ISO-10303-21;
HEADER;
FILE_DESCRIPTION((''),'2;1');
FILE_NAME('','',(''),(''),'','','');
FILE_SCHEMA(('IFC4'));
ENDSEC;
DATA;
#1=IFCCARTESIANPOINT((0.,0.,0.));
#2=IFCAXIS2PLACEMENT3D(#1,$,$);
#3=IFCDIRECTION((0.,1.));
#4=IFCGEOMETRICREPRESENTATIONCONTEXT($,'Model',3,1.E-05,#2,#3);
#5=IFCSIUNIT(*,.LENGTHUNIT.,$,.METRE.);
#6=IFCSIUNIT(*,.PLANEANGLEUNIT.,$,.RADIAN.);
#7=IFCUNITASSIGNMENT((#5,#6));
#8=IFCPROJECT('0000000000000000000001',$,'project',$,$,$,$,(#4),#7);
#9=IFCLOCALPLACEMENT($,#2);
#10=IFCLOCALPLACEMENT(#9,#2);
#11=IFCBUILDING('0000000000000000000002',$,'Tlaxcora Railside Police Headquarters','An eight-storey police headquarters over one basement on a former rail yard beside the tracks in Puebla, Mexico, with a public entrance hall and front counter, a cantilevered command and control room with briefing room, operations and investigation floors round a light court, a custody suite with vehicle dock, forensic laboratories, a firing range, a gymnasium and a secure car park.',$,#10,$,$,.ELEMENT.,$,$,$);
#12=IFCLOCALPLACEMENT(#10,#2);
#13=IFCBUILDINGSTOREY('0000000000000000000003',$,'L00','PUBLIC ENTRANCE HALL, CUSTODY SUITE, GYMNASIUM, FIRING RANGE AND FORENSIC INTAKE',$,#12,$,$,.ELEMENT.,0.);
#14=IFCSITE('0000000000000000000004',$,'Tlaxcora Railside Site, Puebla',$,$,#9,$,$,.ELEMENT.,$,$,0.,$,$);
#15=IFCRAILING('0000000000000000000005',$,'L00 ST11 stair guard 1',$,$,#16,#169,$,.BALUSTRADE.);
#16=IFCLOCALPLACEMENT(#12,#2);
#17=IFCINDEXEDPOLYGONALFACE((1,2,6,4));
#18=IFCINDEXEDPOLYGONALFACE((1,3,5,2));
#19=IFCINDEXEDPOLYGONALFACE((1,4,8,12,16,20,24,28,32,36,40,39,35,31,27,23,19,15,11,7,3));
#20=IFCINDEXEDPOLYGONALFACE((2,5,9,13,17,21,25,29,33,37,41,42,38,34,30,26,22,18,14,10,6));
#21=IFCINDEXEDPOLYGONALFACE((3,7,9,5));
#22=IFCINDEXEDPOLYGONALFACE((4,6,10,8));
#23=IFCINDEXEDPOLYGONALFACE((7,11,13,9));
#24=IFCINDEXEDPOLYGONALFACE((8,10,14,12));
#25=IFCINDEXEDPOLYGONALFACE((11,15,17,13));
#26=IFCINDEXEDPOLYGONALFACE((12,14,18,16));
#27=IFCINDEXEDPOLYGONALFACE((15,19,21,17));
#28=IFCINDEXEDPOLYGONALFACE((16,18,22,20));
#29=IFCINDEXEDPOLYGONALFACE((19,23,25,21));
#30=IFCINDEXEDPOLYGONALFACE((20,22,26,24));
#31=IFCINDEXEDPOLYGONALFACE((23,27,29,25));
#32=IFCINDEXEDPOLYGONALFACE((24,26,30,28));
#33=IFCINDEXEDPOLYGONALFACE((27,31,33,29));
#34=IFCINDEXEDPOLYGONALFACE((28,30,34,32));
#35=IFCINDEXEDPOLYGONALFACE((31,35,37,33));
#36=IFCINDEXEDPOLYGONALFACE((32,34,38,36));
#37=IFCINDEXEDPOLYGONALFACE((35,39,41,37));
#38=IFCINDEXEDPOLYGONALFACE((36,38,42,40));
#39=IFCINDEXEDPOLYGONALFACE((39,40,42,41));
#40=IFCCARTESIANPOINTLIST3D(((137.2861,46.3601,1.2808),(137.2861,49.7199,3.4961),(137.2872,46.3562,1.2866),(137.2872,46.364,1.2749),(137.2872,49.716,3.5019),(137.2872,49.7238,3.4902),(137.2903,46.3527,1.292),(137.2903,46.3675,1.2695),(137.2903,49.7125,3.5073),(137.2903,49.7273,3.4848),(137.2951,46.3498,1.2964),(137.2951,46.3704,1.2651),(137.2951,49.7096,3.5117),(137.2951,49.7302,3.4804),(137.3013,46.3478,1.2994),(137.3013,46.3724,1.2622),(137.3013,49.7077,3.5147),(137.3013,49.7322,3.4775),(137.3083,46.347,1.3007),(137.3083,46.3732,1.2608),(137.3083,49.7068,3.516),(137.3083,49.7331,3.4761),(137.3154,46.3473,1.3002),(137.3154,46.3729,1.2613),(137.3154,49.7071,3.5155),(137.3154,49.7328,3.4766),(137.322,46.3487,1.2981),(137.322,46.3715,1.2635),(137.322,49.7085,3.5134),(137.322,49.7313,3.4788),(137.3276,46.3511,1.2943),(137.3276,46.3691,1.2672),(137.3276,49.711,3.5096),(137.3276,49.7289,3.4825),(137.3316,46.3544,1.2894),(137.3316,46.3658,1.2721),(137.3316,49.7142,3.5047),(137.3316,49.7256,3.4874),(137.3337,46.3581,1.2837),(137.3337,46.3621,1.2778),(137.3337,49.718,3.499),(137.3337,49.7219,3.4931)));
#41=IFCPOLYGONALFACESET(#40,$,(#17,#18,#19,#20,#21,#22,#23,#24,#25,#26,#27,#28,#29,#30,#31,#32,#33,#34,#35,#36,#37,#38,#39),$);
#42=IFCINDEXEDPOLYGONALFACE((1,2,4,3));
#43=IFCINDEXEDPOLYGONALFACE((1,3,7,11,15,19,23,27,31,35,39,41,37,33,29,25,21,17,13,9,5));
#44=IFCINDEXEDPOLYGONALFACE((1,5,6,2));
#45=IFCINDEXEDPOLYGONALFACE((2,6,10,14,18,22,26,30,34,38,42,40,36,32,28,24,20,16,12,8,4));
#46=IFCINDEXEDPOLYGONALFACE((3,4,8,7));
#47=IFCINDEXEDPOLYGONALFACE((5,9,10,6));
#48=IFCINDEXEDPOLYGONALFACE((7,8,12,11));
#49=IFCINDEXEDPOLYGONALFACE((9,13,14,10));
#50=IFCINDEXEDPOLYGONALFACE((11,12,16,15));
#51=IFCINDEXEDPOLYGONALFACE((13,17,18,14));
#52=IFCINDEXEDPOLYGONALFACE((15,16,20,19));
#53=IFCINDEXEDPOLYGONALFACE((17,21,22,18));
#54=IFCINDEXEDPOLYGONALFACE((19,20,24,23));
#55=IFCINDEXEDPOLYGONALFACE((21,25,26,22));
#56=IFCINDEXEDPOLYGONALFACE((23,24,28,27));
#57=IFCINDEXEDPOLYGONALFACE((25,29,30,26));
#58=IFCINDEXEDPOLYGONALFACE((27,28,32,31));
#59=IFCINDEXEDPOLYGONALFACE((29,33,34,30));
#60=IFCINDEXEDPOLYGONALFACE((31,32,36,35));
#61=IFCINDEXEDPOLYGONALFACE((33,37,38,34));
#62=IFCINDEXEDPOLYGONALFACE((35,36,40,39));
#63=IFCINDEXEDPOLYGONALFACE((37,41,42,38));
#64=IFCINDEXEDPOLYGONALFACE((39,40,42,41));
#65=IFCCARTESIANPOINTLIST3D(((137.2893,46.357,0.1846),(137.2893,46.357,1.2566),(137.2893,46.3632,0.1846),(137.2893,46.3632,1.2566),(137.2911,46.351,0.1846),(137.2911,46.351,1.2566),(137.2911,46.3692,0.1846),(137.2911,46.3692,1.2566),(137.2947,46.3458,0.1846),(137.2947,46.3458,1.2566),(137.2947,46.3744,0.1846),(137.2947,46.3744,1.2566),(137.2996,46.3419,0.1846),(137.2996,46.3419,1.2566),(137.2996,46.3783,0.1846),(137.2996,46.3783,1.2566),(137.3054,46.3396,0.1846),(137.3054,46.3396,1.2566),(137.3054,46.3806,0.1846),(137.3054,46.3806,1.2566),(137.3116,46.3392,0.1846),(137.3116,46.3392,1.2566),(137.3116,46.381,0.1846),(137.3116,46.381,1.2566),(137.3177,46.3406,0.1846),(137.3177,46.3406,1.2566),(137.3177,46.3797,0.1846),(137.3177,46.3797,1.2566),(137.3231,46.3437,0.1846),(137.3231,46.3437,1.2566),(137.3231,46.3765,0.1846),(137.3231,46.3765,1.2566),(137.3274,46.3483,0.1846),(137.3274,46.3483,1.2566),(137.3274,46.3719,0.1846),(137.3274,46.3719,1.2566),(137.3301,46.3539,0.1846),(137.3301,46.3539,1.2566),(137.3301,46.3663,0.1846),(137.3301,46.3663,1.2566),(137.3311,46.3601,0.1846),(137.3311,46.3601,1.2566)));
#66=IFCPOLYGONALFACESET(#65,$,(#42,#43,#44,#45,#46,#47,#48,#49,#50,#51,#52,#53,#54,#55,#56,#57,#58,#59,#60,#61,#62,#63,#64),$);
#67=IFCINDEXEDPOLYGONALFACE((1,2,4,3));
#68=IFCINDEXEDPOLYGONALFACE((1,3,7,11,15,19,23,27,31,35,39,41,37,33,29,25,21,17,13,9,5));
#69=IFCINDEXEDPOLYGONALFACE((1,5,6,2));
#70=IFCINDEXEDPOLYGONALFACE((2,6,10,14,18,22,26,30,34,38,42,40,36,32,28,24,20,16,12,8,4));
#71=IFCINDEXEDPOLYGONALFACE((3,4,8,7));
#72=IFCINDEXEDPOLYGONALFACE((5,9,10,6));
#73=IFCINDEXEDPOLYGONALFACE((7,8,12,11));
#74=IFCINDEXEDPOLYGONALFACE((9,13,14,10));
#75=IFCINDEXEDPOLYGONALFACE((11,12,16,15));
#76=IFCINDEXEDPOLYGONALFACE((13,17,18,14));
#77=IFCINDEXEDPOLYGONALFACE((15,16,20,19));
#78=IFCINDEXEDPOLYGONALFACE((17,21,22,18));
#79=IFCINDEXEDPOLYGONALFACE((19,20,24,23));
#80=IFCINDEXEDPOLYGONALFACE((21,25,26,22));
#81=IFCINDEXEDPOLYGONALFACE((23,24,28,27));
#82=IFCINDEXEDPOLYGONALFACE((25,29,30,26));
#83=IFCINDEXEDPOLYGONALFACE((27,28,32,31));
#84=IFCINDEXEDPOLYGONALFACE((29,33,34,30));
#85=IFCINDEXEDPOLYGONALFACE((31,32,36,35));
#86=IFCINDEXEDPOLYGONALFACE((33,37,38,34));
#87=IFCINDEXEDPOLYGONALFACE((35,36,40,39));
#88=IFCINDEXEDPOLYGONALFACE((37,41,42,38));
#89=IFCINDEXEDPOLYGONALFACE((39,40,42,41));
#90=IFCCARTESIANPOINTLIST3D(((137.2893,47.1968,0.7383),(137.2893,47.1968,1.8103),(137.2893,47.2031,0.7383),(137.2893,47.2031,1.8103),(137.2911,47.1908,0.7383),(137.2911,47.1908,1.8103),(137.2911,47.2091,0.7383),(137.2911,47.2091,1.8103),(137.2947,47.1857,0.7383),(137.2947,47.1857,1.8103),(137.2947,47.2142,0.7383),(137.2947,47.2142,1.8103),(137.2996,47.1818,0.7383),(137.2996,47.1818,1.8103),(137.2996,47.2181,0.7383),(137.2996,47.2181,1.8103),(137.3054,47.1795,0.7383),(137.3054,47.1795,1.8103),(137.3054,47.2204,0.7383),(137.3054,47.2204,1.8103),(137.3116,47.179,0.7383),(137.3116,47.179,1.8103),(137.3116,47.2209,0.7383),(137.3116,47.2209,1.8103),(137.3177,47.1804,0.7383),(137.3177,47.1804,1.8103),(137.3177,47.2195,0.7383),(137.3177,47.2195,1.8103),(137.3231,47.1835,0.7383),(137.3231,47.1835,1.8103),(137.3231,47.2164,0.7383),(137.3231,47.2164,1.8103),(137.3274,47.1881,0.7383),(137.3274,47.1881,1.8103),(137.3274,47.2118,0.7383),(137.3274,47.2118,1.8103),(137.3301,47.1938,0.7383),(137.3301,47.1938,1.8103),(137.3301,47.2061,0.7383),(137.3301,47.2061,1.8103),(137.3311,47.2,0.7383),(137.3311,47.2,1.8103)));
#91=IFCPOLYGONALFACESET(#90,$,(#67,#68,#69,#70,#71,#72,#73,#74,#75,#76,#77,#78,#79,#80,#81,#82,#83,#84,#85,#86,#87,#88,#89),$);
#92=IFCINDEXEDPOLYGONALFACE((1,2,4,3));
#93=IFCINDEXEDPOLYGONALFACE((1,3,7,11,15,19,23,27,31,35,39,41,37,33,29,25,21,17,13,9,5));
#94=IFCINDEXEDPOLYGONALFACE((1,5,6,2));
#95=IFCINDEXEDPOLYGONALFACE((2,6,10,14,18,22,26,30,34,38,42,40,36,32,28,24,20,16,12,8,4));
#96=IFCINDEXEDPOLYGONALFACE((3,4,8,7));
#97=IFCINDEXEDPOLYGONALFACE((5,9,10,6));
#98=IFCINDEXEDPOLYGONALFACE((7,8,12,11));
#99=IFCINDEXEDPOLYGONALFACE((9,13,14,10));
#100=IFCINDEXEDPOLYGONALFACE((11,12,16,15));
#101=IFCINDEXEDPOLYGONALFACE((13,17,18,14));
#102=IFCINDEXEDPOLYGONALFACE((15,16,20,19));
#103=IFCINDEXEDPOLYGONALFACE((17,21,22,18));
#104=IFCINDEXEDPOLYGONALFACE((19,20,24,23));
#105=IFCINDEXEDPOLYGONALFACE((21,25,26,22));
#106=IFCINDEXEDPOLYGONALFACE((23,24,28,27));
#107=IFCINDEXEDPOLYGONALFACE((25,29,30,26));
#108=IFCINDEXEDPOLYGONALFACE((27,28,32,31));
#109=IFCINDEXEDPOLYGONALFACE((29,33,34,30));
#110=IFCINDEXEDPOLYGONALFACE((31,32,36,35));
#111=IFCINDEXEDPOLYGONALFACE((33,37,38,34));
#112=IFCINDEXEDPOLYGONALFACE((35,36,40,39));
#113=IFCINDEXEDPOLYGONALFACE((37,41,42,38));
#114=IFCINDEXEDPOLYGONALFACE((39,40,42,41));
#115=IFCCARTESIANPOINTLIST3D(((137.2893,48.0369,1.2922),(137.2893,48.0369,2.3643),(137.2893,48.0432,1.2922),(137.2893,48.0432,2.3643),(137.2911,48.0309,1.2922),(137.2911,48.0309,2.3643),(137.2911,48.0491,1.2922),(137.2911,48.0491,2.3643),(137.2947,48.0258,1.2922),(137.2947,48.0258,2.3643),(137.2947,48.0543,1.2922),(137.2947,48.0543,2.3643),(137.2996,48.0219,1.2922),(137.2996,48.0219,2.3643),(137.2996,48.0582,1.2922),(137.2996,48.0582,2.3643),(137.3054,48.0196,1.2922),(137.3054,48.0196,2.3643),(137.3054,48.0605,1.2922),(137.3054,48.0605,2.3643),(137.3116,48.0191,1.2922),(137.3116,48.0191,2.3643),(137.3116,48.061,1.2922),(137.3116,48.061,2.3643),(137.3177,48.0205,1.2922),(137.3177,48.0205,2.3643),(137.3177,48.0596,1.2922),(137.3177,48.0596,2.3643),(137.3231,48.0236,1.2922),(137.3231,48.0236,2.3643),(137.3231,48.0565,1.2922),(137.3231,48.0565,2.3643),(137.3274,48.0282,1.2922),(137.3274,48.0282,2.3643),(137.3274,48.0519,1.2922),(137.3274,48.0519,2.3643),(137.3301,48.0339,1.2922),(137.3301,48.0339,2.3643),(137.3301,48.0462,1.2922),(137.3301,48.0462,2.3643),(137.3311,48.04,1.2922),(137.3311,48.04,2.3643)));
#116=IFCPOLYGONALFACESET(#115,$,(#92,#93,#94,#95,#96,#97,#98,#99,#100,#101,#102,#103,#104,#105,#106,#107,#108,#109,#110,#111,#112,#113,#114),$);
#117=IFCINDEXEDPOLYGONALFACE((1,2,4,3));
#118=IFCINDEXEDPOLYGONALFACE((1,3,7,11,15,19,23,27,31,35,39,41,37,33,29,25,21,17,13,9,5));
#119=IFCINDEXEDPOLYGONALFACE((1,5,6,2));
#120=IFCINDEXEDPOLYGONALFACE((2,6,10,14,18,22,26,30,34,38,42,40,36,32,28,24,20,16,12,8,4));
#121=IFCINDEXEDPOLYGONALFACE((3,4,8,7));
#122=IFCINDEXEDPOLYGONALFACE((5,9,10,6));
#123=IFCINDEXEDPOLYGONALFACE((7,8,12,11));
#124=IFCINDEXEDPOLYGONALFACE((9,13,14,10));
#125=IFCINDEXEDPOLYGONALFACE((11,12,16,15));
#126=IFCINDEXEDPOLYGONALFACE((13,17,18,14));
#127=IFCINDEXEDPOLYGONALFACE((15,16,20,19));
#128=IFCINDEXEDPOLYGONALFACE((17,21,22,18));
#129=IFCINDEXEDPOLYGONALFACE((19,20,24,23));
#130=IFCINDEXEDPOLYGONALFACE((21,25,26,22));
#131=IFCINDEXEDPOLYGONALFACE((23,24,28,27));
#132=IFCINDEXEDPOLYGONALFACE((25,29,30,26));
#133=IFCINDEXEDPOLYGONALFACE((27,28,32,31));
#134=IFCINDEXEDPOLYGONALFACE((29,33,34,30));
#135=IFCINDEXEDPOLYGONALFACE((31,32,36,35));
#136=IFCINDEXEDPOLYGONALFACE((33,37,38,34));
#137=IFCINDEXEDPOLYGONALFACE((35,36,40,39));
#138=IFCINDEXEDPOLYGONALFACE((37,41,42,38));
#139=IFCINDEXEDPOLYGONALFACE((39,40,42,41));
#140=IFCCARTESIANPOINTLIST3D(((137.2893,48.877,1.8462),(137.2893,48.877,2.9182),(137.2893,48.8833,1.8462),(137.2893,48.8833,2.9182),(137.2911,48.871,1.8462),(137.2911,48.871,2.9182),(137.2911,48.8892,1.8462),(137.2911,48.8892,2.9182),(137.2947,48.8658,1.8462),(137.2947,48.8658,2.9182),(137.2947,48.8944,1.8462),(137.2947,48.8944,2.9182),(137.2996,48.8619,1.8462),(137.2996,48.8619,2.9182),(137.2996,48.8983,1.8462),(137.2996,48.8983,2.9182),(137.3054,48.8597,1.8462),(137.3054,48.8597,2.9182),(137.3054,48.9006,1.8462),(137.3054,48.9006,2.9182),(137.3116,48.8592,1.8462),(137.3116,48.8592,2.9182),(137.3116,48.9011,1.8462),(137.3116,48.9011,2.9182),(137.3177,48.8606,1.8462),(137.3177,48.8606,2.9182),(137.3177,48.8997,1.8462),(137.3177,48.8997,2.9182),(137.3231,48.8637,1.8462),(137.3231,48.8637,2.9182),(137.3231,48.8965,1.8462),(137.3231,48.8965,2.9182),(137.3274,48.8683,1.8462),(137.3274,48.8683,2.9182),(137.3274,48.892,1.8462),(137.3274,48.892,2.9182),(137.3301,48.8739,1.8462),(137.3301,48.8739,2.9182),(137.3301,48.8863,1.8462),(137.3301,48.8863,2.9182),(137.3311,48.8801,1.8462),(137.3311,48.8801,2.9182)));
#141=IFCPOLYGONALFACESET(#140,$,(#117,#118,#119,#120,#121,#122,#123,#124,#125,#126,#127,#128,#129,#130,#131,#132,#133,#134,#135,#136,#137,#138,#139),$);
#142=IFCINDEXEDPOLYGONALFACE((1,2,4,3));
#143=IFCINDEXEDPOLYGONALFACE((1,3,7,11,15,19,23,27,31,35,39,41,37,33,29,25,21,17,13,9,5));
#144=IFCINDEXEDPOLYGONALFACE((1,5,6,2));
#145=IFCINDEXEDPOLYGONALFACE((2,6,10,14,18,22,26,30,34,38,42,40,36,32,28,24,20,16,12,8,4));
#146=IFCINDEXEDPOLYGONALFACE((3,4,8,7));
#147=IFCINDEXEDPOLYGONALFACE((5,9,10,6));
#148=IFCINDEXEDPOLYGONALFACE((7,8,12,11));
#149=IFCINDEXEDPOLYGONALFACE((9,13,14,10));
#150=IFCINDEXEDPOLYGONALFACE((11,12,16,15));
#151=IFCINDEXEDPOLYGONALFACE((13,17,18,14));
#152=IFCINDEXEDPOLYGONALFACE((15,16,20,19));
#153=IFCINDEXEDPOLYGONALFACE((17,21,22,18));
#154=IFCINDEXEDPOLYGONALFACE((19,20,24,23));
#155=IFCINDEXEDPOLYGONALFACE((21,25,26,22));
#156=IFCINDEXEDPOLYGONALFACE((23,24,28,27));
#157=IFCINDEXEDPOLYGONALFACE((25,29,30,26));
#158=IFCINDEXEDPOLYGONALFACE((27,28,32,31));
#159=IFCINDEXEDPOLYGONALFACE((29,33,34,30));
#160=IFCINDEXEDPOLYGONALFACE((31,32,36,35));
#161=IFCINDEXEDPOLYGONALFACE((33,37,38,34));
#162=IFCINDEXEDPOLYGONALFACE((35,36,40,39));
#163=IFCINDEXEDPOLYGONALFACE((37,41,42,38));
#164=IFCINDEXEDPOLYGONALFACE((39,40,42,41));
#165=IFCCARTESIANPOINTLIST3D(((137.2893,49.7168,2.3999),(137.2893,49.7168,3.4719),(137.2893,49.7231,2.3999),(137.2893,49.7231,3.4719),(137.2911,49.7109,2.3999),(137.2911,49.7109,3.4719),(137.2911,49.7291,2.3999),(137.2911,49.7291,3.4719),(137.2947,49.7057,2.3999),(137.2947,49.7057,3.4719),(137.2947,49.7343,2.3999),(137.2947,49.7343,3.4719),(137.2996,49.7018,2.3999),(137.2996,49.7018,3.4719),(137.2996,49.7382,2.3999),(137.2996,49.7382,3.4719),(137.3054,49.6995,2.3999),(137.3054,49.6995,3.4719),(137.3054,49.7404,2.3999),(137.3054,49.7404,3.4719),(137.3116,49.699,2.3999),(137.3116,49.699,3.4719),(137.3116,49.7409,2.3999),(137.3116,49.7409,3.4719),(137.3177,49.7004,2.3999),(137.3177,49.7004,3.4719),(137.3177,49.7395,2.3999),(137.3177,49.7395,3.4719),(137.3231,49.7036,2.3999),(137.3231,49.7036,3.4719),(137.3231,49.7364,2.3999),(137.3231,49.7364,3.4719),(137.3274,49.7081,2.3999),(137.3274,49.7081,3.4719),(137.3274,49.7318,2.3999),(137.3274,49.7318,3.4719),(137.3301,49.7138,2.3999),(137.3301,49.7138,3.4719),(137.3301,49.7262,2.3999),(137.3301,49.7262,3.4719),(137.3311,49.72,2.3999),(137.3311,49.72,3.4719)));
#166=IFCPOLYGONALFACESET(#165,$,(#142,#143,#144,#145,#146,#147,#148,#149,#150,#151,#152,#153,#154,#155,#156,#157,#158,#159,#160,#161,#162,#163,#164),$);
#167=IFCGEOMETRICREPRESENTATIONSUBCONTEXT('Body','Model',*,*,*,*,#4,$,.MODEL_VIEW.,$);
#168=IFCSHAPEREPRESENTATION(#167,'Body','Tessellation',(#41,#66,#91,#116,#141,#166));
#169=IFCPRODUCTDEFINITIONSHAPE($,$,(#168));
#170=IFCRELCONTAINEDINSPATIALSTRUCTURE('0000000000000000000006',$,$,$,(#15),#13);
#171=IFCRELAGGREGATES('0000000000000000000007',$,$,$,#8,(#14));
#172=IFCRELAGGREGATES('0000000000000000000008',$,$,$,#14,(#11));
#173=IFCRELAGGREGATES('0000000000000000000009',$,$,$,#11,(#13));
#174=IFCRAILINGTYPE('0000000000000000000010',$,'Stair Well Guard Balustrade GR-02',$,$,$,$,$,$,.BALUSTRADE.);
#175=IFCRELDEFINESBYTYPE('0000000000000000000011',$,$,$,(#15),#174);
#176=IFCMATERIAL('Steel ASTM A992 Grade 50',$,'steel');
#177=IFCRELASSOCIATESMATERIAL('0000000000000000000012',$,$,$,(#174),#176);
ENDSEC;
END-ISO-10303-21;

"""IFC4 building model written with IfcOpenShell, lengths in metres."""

from ifc_helpers import new_model, si_unit, direction, frame, origin, origin_2d, place, context, subcontext, project, spatial, circle, extrude, material, type_object, element, save


model = new_model("IFC4")

# Units and contexts
model_context = context("Model", 3, precision=1e-05, world=origin(), true_north=direction((0.0, 1.0)))
body_context = subcontext(model_context, "Body", "Model", "MODEL_VIEW")
ifc_project = project(units=[si_unit("LENGTHUNIT", "METRE"), si_unit("PLANEANGLEUNIT", "RADIAN")], contexts=[model_context])

# Site, building, storey
site_placement = place(None, origin())
site = spatial("IfcSite", under=ifc_project, at=site_placement, Name="Tlaxcora Railside Site, Puebla", CompositionType="ELEMENT", RefElevation=0.0)
building_placement = place(site_placement, origin())
building = spatial("IfcBuilding", under=site, at=building_placement, Name="Tlaxcora Railside Police Headquarters", Description="An eight-storey police headquarters over one basement on a former rail yard beside the tracks in Puebla, Mexico, with a public entrance hall and front counter, a cantilevered command and control room with briefing room, operations and investigation floors round a light court, a custody suite with vehicle dock, forensic laboratories, a firing range, a gymnasium and a secure car park.", CompositionType="ELEMENT")
storey_placement = place(building_placement, origin())
storey = spatial("IfcBuildingStorey", under=building, at=storey_placement, Name="L00", Description="PUBLIC ENTRANCE HALL, CUSTODY SUITE, GYMNASIUM, FIRING RANGE AND FORENSIC INTAKE", CompositionType="ELEMENT", Elevation=0.0)

# Shared definitions
ifc_material_1 = material(Name="Steel ASTM A992 Grade 50", Category="steel")

# Railing
railing_type_1 = type_object("IfcRailingType", Name="Stair Well Guard Balustrade GR-02", PredefinedType="BALUSTRADE", material=ifc_material_1)
railing_1_placement = place(storey_placement, frame((137.3101, 46.3601, 0.1846)))
element("IfcRailing", 1, at=railing_1_placement, inside=storey, type_object=railing_type_1, Name="L00 ST11 stair guard 1", PredefinedType="BALUSTRADE", context=body_context, shape_type="SweptSolid", body=[
    extrude(circle(Radius=0.0239, at=origin_2d()), frame((0.0, 0.0, 1.0962), z_axis=(0.0, 0.834858, 0.550465), x_axis=(-1.0, 0.0, 0.0)), (0.0, 0.0, 1.0), 4.0244),
    extrude(circle(Radius=0.021, at=origin_2d()), origin(), (0.0, 0.0, 1.0), 1.072),
    extrude(circle(Radius=0.021, at=origin_2d()), frame((0.0, 0.8398, 0.5537)), (0.0, 0.0, 1.0), 1.072),
    extrude(circle(Radius=0.021, at=origin_2d()), frame((0.0, 1.6799, 1.1077)), (0.0, 0.0, 1.0), 1.072),
    extrude(circle(Radius=0.021, at=origin_2d()), frame((0.0, 2.52, 1.6616)), (0.0, 0.0, 1.0), 1.072),
    extrude(circle(Radius=0.021, at=origin_2d()), frame((0.0, 3.3599, 2.2153)), (0.0, 0.0, 1.0), 1.072),
])

save(model, "model.ifc")
